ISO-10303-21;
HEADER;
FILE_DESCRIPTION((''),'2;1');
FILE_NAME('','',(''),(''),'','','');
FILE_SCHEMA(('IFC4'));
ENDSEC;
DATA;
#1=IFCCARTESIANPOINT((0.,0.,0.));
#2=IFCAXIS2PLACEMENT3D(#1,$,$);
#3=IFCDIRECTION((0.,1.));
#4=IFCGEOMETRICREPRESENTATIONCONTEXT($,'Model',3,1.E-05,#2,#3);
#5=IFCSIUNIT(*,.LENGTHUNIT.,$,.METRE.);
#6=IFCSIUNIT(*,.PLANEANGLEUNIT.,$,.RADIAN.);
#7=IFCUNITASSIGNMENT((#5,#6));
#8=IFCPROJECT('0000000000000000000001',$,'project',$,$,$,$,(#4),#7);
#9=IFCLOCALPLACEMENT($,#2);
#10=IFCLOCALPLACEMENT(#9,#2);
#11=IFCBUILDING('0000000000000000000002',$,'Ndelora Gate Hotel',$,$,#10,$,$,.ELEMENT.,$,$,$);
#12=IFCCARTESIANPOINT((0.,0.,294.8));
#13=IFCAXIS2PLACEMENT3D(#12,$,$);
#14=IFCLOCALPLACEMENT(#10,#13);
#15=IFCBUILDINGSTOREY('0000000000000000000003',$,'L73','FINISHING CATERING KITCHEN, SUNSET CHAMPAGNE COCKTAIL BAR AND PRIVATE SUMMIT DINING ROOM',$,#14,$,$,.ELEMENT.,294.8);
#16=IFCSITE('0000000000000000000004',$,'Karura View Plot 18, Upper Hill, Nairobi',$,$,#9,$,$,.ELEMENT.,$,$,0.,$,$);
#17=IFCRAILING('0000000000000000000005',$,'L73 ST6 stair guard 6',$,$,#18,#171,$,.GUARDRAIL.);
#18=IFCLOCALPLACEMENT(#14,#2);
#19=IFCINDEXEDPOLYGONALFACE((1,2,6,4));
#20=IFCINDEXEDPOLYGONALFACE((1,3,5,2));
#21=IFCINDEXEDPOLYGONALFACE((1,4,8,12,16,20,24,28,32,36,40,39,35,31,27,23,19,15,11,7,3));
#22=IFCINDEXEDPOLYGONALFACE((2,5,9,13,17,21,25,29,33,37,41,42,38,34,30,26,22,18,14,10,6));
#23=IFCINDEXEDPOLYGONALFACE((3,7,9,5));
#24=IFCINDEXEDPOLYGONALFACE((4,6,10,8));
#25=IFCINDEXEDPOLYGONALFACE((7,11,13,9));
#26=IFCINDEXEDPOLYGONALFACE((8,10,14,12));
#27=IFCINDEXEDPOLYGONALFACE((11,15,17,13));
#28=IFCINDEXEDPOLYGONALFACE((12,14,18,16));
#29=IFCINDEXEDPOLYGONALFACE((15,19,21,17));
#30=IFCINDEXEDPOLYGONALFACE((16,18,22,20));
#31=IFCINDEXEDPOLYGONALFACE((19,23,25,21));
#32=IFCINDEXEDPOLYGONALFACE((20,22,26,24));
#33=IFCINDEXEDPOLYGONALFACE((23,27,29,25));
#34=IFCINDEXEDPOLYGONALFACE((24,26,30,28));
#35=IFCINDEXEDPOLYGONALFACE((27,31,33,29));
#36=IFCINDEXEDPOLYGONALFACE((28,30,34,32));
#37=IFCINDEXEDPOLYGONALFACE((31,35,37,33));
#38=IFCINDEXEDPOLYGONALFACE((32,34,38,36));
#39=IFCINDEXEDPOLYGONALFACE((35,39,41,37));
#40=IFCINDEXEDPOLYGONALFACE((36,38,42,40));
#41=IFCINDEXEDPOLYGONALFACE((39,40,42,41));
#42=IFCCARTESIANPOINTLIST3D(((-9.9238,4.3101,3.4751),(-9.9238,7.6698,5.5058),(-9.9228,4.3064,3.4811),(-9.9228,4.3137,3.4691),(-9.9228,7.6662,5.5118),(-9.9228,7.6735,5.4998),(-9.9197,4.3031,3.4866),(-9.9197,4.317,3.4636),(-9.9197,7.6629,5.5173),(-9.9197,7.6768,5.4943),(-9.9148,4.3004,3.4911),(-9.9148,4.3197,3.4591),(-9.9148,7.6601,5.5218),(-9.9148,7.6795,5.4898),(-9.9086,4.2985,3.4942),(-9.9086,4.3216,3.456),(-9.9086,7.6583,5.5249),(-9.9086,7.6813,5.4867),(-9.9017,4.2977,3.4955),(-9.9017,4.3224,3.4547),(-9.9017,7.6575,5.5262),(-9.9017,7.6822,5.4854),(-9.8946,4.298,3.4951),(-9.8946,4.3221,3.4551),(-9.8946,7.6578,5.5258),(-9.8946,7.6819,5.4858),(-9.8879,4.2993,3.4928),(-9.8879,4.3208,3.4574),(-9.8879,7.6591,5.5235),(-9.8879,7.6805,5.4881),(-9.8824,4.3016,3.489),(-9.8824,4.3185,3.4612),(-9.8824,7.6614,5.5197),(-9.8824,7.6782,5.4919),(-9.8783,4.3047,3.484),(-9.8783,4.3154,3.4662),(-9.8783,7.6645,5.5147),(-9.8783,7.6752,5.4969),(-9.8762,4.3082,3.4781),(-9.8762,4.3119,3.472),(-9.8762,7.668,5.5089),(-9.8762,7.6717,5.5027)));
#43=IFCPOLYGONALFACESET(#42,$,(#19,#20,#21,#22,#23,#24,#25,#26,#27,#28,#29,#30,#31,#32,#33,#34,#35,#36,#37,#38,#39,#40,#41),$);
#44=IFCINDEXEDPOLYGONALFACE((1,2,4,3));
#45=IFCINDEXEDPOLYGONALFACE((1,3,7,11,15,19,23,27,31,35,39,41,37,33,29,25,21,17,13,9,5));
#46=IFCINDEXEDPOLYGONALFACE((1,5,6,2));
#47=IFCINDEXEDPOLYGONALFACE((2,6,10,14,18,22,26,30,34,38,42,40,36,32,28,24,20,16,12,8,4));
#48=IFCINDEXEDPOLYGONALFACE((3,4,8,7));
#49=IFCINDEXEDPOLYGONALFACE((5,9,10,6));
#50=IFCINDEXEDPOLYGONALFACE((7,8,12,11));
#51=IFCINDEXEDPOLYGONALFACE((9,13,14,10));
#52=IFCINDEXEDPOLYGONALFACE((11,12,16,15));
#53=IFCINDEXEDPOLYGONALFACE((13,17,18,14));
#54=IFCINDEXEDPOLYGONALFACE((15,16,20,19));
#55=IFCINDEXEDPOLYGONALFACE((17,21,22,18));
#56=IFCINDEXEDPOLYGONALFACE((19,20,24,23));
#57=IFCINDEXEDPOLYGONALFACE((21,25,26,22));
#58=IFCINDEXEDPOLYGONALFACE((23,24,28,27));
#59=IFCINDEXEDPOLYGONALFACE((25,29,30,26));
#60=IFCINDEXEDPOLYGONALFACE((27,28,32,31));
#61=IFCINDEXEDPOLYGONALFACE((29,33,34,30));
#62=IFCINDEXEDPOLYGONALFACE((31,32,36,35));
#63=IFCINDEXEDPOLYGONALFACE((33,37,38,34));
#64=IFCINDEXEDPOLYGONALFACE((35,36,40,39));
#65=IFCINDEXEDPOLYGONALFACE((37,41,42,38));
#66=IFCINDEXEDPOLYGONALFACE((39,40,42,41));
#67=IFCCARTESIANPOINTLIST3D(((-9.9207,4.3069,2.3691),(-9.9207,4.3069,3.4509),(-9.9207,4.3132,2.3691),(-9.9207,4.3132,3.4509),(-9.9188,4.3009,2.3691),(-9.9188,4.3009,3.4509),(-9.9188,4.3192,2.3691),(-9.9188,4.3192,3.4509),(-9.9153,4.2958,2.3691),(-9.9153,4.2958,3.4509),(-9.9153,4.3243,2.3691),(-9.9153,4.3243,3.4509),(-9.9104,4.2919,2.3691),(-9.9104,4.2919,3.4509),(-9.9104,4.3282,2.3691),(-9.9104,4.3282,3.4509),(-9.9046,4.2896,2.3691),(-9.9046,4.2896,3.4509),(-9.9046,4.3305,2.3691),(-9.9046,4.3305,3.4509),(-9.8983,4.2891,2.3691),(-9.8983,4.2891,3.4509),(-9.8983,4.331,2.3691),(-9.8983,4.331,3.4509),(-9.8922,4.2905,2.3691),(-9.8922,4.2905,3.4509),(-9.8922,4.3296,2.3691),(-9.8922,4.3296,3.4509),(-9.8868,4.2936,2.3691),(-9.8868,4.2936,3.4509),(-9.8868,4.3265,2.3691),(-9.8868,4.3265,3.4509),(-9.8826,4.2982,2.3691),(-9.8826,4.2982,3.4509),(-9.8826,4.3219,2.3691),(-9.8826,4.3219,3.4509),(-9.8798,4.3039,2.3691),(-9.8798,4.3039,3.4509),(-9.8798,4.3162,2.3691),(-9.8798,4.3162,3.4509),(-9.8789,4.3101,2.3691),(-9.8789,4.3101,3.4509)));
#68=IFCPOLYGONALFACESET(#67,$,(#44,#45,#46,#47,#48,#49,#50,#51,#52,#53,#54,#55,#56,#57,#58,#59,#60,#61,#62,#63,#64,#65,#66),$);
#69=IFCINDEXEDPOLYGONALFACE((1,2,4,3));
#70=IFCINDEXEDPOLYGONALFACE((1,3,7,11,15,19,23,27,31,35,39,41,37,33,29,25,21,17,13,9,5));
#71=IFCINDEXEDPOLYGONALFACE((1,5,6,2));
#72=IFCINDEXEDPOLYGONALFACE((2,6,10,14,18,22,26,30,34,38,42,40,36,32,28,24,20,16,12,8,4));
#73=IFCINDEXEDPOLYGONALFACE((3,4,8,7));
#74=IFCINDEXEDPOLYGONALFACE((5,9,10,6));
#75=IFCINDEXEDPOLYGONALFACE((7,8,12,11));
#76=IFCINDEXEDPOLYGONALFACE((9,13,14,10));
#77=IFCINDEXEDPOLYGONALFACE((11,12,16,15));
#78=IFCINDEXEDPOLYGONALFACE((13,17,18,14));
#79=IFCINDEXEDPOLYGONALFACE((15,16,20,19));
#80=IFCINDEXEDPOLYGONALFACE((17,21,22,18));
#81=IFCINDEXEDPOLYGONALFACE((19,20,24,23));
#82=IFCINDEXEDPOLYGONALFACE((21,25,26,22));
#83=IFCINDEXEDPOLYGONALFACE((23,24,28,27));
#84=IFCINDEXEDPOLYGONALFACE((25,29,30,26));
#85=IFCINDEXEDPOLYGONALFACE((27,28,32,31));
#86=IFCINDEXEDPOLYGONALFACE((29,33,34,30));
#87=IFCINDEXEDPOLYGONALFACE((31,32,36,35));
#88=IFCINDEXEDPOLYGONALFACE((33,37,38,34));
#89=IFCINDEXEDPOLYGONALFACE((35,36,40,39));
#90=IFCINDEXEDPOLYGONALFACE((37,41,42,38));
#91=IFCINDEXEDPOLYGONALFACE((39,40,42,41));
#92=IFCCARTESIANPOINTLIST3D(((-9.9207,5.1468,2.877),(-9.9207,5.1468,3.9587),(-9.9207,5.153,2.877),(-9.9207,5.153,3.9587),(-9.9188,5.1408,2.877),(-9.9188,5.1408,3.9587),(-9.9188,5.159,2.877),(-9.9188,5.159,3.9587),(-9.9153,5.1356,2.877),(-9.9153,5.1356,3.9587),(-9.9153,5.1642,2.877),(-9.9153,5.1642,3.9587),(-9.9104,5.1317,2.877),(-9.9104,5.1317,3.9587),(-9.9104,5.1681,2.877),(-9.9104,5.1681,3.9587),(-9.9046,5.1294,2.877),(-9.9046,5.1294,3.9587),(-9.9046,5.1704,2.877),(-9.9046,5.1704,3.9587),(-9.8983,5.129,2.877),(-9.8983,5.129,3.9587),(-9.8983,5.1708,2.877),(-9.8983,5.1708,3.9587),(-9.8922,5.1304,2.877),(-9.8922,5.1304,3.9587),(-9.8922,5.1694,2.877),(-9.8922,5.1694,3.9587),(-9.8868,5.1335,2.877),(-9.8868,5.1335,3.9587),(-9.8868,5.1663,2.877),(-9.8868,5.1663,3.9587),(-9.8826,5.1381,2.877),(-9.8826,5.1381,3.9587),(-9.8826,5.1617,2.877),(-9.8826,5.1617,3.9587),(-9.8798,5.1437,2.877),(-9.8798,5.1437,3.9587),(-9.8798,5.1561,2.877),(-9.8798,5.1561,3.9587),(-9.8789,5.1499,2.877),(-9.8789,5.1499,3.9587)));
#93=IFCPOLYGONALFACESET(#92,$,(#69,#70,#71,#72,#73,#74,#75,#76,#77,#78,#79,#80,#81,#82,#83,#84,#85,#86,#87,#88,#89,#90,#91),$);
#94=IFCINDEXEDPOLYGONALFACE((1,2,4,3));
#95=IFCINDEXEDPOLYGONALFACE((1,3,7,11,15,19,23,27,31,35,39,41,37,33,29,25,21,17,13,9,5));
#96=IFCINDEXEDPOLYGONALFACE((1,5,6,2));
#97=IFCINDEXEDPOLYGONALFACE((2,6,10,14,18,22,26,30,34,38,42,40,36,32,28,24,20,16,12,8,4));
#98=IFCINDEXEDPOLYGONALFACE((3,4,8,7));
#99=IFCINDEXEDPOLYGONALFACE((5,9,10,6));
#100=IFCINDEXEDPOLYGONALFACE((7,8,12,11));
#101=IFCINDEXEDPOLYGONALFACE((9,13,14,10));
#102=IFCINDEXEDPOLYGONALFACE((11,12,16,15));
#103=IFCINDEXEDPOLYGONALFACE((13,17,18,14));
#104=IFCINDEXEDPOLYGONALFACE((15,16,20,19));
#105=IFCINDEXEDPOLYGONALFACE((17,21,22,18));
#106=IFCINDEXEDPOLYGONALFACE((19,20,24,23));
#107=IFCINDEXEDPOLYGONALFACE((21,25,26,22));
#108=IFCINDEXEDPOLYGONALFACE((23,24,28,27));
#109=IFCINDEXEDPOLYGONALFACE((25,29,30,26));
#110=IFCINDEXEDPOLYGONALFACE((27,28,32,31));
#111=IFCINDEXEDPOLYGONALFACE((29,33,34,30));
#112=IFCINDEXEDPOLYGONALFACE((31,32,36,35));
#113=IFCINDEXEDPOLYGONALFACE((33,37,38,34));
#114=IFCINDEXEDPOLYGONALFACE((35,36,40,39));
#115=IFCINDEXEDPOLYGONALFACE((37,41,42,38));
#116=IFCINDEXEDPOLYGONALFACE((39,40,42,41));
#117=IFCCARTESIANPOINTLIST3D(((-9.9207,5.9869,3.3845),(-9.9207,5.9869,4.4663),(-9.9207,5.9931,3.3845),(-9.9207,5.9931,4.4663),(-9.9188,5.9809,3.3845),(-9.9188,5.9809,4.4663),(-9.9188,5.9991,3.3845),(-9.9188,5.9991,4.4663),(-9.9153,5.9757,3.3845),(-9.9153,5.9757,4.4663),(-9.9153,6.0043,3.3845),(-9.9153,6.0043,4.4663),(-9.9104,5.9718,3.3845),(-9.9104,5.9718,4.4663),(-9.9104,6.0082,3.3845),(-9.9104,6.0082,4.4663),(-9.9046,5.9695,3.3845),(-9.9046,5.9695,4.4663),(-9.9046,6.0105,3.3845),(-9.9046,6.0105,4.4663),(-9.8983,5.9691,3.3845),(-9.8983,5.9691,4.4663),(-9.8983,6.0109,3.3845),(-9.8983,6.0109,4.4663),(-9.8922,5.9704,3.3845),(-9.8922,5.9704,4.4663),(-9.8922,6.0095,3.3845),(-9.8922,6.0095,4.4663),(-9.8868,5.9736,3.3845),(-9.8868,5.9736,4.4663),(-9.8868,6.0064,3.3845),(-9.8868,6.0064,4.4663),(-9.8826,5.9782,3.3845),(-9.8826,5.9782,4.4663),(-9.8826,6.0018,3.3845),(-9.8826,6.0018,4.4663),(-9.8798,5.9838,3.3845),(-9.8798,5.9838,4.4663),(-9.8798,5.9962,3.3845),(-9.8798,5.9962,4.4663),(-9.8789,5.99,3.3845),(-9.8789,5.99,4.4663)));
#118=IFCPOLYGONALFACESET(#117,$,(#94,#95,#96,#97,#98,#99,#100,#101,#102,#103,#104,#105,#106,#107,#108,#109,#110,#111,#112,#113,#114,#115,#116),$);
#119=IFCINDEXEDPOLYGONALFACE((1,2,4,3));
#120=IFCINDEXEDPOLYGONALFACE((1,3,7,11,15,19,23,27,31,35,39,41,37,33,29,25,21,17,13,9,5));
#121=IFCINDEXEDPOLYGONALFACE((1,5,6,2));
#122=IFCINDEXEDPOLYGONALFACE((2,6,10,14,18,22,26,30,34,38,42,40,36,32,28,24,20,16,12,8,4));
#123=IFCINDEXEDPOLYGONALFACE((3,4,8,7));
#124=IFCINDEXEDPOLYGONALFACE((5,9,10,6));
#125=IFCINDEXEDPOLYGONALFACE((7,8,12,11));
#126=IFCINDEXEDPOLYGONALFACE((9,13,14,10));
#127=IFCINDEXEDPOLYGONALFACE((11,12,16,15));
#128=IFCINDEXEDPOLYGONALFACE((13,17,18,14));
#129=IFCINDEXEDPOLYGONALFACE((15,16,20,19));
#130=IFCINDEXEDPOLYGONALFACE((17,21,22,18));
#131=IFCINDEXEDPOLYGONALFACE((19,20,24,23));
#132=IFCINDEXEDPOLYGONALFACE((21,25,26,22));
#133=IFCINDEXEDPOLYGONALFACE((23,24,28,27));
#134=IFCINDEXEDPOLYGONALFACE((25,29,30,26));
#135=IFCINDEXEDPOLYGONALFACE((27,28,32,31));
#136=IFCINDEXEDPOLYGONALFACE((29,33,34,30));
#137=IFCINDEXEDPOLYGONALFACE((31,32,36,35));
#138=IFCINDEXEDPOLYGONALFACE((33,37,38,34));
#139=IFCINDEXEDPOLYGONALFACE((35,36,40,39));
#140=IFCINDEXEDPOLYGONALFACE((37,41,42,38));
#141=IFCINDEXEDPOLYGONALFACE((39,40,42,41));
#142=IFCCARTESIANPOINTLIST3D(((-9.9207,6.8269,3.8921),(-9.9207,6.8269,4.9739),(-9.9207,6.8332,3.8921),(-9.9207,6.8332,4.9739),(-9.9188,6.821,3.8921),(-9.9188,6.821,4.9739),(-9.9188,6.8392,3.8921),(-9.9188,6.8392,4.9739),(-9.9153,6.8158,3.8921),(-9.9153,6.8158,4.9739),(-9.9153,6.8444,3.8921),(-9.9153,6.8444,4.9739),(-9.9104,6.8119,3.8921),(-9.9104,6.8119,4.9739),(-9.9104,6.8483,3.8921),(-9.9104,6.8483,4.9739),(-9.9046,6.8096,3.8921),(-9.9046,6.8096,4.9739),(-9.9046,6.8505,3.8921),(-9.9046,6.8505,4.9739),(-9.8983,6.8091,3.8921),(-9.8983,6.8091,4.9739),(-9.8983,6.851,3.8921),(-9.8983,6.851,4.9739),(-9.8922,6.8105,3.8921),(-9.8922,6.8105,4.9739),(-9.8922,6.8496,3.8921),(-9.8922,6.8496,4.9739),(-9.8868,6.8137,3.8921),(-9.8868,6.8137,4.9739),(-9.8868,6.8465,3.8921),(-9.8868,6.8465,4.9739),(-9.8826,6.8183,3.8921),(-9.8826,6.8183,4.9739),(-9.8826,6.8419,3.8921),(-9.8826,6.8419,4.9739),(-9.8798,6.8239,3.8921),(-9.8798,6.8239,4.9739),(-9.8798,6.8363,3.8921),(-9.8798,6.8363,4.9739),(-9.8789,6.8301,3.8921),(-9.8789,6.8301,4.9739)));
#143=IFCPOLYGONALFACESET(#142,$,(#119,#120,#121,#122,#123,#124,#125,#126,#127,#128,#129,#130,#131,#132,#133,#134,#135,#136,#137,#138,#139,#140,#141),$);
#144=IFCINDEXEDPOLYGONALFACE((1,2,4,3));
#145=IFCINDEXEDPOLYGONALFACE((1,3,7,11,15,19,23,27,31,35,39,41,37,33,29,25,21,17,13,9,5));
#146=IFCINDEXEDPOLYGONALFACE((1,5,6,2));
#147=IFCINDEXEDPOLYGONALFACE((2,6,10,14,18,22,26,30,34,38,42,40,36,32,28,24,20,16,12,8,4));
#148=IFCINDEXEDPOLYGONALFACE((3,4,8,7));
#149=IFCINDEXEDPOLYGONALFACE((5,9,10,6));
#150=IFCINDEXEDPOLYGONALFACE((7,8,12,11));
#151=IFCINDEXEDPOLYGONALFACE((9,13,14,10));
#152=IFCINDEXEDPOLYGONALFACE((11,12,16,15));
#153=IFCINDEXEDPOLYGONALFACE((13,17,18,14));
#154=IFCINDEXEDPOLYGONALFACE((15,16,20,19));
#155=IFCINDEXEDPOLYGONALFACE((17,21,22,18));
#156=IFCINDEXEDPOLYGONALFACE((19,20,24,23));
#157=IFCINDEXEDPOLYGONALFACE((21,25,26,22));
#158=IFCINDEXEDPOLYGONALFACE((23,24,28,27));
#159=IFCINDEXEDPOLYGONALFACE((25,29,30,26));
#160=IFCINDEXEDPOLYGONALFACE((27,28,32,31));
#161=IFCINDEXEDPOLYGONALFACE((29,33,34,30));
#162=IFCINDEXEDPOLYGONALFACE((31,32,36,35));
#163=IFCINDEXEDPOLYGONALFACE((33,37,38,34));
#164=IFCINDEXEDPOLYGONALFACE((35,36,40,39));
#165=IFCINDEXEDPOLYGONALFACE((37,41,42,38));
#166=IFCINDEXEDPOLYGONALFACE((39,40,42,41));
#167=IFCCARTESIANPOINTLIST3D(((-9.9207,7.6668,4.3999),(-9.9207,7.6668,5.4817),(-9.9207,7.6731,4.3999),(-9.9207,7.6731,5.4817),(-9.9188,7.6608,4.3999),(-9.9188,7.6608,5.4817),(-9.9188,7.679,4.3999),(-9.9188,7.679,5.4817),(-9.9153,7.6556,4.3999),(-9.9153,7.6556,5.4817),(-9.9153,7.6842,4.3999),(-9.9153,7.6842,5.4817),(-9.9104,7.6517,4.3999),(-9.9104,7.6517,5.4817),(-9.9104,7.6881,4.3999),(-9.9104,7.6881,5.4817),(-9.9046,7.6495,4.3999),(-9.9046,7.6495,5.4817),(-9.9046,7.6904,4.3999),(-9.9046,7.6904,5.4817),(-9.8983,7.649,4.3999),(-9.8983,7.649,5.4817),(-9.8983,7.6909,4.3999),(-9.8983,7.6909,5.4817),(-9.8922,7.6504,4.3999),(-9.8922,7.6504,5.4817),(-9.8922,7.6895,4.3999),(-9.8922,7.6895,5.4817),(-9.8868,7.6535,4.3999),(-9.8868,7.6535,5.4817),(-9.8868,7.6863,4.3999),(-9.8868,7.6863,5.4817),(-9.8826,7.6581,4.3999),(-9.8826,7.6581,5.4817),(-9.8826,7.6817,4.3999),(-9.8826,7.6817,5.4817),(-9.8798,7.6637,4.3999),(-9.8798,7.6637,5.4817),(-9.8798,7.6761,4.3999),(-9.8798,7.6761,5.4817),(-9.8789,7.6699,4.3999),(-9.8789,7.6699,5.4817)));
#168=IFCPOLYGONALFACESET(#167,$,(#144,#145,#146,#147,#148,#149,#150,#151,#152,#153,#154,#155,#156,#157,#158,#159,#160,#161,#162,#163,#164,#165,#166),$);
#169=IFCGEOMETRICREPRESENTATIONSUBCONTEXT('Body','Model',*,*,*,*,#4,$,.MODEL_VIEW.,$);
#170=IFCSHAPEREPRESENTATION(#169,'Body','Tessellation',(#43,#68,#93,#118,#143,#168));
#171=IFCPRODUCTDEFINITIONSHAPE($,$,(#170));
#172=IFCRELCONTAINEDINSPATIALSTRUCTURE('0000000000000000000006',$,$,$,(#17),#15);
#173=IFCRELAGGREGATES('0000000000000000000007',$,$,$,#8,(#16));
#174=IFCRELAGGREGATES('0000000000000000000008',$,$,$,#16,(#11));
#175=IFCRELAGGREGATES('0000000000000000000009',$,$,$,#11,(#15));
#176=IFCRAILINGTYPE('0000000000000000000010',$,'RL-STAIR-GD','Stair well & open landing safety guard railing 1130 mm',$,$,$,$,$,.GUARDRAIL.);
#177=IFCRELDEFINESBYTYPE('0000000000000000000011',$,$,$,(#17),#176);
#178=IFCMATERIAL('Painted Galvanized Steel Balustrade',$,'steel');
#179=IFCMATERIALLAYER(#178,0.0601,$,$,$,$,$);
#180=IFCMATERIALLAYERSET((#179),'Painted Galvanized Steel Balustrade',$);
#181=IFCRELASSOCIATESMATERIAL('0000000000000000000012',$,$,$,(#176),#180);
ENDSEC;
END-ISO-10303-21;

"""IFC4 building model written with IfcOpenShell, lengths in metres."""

from ifc_helpers import new_model, si_unit, direction, frame, origin, origin_2d, place, context, subcontext, project, spatial, circle, extrude, material, layer, layer_set, type_object, element, save


model = new_model("IFC4")

# Units and contexts
model_context = context("Model", 3, precision=1e-05, world=origin(), true_north=direction((0.0, 1.0)))
body_context = subcontext(model_context, "Body", "Model", "MODEL_VIEW")
ifc_project = project(units=[si_unit("LENGTHUNIT", "METRE"), si_unit("PLANEANGLEUNIT", "RADIAN")], contexts=[model_context])

# Site, building, storey
site_placement = place(None, origin())
site = spatial("IfcSite", under=ifc_project, at=site_placement, Name="Karura View Plot 18, Upper Hill, Nairobi", CompositionType="ELEMENT", RefElevation=0.0)
building_placement = place(site_placement, origin())
building = spatial("IfcBuilding", under=site, at=building_placement, Name="Ndelora Gate Hotel", CompositionType="ELEMENT")
storey_placement = place(building_placement, frame((0.0, 0.0, 294.8)))
storey = spatial("IfcBuildingStorey", under=building, at=storey_placement, Name="L73", Description="FINISHING CATERING KITCHEN, SUNSET CHAMPAGNE COCKTAIL BAR AND PRIVATE SUMMIT DINING ROOM", CompositionType="ELEMENT", Elevation=294.8)

# Railing
ifc_material_1 = material(Name="Painted Galvanized Steel Balustrade", Category="steel")
ifc_layer_1 = layer(ifc_material_1, 0.0601)
ifc_layer_set_1 = layer_set([ifc_layer_1], Name="Painted Galvanized Steel Balustrade")
railing_type_1 = type_object("IfcRailingType", Name="RL-STAIR-GD", Description="Stair well & open landing safety guard railing 1130 mm", PredefinedType="GUARDRAIL", material=ifc_layer_set_1)
railing_1_placement = place(storey_placement, frame((-9.8999, 4.3101, 2.3691)))
element("IfcRailing", 1, at=railing_1_placement, inside=storey, type_object=railing_type_1, Name="L73 ST6 stair guard 6", PredefinedType="GUARDRAIL", context=body_context, shape_type="SweptSolid", body=[
    extrude(circle(Radius=0.0239, at=origin_2d()), frame((0.0, 0.0, 1.106), z_axis=(0.0, 0.85582, 0.517273), x_axis=(-1.0, 0.0, 0.0)), (0.0, 0.0, 1.0), 3.9258),
    extrude(circle(Radius=0.021, at=origin_2d()), origin(), (0.0, 0.0, 1.0), 1.0818),
    extrude(circle(Radius=0.021, at=origin_2d()), frame((0.0, 0.8398, 0.5078)), (0.0, 0.0, 1.0), 1.0818),
    extrude(circle(Radius=0.021, at=origin_2d()), frame((0.0, 1.6799, 1.0154)), (0.0, 0.0, 1.0), 1.0818),
    extrude(circle(Radius=0.021, at=origin_2d()), frame((0.0, 2.52, 1.5229)), (0.0, 0.0, 1.0), 1.0818),
    extrude(circle(Radius=0.021, at=origin_2d()), frame((0.0, 3.3599, 2.0308)), (0.0, 0.0, 1.0), 1.0818),
])

save(model, "model.ifc")
